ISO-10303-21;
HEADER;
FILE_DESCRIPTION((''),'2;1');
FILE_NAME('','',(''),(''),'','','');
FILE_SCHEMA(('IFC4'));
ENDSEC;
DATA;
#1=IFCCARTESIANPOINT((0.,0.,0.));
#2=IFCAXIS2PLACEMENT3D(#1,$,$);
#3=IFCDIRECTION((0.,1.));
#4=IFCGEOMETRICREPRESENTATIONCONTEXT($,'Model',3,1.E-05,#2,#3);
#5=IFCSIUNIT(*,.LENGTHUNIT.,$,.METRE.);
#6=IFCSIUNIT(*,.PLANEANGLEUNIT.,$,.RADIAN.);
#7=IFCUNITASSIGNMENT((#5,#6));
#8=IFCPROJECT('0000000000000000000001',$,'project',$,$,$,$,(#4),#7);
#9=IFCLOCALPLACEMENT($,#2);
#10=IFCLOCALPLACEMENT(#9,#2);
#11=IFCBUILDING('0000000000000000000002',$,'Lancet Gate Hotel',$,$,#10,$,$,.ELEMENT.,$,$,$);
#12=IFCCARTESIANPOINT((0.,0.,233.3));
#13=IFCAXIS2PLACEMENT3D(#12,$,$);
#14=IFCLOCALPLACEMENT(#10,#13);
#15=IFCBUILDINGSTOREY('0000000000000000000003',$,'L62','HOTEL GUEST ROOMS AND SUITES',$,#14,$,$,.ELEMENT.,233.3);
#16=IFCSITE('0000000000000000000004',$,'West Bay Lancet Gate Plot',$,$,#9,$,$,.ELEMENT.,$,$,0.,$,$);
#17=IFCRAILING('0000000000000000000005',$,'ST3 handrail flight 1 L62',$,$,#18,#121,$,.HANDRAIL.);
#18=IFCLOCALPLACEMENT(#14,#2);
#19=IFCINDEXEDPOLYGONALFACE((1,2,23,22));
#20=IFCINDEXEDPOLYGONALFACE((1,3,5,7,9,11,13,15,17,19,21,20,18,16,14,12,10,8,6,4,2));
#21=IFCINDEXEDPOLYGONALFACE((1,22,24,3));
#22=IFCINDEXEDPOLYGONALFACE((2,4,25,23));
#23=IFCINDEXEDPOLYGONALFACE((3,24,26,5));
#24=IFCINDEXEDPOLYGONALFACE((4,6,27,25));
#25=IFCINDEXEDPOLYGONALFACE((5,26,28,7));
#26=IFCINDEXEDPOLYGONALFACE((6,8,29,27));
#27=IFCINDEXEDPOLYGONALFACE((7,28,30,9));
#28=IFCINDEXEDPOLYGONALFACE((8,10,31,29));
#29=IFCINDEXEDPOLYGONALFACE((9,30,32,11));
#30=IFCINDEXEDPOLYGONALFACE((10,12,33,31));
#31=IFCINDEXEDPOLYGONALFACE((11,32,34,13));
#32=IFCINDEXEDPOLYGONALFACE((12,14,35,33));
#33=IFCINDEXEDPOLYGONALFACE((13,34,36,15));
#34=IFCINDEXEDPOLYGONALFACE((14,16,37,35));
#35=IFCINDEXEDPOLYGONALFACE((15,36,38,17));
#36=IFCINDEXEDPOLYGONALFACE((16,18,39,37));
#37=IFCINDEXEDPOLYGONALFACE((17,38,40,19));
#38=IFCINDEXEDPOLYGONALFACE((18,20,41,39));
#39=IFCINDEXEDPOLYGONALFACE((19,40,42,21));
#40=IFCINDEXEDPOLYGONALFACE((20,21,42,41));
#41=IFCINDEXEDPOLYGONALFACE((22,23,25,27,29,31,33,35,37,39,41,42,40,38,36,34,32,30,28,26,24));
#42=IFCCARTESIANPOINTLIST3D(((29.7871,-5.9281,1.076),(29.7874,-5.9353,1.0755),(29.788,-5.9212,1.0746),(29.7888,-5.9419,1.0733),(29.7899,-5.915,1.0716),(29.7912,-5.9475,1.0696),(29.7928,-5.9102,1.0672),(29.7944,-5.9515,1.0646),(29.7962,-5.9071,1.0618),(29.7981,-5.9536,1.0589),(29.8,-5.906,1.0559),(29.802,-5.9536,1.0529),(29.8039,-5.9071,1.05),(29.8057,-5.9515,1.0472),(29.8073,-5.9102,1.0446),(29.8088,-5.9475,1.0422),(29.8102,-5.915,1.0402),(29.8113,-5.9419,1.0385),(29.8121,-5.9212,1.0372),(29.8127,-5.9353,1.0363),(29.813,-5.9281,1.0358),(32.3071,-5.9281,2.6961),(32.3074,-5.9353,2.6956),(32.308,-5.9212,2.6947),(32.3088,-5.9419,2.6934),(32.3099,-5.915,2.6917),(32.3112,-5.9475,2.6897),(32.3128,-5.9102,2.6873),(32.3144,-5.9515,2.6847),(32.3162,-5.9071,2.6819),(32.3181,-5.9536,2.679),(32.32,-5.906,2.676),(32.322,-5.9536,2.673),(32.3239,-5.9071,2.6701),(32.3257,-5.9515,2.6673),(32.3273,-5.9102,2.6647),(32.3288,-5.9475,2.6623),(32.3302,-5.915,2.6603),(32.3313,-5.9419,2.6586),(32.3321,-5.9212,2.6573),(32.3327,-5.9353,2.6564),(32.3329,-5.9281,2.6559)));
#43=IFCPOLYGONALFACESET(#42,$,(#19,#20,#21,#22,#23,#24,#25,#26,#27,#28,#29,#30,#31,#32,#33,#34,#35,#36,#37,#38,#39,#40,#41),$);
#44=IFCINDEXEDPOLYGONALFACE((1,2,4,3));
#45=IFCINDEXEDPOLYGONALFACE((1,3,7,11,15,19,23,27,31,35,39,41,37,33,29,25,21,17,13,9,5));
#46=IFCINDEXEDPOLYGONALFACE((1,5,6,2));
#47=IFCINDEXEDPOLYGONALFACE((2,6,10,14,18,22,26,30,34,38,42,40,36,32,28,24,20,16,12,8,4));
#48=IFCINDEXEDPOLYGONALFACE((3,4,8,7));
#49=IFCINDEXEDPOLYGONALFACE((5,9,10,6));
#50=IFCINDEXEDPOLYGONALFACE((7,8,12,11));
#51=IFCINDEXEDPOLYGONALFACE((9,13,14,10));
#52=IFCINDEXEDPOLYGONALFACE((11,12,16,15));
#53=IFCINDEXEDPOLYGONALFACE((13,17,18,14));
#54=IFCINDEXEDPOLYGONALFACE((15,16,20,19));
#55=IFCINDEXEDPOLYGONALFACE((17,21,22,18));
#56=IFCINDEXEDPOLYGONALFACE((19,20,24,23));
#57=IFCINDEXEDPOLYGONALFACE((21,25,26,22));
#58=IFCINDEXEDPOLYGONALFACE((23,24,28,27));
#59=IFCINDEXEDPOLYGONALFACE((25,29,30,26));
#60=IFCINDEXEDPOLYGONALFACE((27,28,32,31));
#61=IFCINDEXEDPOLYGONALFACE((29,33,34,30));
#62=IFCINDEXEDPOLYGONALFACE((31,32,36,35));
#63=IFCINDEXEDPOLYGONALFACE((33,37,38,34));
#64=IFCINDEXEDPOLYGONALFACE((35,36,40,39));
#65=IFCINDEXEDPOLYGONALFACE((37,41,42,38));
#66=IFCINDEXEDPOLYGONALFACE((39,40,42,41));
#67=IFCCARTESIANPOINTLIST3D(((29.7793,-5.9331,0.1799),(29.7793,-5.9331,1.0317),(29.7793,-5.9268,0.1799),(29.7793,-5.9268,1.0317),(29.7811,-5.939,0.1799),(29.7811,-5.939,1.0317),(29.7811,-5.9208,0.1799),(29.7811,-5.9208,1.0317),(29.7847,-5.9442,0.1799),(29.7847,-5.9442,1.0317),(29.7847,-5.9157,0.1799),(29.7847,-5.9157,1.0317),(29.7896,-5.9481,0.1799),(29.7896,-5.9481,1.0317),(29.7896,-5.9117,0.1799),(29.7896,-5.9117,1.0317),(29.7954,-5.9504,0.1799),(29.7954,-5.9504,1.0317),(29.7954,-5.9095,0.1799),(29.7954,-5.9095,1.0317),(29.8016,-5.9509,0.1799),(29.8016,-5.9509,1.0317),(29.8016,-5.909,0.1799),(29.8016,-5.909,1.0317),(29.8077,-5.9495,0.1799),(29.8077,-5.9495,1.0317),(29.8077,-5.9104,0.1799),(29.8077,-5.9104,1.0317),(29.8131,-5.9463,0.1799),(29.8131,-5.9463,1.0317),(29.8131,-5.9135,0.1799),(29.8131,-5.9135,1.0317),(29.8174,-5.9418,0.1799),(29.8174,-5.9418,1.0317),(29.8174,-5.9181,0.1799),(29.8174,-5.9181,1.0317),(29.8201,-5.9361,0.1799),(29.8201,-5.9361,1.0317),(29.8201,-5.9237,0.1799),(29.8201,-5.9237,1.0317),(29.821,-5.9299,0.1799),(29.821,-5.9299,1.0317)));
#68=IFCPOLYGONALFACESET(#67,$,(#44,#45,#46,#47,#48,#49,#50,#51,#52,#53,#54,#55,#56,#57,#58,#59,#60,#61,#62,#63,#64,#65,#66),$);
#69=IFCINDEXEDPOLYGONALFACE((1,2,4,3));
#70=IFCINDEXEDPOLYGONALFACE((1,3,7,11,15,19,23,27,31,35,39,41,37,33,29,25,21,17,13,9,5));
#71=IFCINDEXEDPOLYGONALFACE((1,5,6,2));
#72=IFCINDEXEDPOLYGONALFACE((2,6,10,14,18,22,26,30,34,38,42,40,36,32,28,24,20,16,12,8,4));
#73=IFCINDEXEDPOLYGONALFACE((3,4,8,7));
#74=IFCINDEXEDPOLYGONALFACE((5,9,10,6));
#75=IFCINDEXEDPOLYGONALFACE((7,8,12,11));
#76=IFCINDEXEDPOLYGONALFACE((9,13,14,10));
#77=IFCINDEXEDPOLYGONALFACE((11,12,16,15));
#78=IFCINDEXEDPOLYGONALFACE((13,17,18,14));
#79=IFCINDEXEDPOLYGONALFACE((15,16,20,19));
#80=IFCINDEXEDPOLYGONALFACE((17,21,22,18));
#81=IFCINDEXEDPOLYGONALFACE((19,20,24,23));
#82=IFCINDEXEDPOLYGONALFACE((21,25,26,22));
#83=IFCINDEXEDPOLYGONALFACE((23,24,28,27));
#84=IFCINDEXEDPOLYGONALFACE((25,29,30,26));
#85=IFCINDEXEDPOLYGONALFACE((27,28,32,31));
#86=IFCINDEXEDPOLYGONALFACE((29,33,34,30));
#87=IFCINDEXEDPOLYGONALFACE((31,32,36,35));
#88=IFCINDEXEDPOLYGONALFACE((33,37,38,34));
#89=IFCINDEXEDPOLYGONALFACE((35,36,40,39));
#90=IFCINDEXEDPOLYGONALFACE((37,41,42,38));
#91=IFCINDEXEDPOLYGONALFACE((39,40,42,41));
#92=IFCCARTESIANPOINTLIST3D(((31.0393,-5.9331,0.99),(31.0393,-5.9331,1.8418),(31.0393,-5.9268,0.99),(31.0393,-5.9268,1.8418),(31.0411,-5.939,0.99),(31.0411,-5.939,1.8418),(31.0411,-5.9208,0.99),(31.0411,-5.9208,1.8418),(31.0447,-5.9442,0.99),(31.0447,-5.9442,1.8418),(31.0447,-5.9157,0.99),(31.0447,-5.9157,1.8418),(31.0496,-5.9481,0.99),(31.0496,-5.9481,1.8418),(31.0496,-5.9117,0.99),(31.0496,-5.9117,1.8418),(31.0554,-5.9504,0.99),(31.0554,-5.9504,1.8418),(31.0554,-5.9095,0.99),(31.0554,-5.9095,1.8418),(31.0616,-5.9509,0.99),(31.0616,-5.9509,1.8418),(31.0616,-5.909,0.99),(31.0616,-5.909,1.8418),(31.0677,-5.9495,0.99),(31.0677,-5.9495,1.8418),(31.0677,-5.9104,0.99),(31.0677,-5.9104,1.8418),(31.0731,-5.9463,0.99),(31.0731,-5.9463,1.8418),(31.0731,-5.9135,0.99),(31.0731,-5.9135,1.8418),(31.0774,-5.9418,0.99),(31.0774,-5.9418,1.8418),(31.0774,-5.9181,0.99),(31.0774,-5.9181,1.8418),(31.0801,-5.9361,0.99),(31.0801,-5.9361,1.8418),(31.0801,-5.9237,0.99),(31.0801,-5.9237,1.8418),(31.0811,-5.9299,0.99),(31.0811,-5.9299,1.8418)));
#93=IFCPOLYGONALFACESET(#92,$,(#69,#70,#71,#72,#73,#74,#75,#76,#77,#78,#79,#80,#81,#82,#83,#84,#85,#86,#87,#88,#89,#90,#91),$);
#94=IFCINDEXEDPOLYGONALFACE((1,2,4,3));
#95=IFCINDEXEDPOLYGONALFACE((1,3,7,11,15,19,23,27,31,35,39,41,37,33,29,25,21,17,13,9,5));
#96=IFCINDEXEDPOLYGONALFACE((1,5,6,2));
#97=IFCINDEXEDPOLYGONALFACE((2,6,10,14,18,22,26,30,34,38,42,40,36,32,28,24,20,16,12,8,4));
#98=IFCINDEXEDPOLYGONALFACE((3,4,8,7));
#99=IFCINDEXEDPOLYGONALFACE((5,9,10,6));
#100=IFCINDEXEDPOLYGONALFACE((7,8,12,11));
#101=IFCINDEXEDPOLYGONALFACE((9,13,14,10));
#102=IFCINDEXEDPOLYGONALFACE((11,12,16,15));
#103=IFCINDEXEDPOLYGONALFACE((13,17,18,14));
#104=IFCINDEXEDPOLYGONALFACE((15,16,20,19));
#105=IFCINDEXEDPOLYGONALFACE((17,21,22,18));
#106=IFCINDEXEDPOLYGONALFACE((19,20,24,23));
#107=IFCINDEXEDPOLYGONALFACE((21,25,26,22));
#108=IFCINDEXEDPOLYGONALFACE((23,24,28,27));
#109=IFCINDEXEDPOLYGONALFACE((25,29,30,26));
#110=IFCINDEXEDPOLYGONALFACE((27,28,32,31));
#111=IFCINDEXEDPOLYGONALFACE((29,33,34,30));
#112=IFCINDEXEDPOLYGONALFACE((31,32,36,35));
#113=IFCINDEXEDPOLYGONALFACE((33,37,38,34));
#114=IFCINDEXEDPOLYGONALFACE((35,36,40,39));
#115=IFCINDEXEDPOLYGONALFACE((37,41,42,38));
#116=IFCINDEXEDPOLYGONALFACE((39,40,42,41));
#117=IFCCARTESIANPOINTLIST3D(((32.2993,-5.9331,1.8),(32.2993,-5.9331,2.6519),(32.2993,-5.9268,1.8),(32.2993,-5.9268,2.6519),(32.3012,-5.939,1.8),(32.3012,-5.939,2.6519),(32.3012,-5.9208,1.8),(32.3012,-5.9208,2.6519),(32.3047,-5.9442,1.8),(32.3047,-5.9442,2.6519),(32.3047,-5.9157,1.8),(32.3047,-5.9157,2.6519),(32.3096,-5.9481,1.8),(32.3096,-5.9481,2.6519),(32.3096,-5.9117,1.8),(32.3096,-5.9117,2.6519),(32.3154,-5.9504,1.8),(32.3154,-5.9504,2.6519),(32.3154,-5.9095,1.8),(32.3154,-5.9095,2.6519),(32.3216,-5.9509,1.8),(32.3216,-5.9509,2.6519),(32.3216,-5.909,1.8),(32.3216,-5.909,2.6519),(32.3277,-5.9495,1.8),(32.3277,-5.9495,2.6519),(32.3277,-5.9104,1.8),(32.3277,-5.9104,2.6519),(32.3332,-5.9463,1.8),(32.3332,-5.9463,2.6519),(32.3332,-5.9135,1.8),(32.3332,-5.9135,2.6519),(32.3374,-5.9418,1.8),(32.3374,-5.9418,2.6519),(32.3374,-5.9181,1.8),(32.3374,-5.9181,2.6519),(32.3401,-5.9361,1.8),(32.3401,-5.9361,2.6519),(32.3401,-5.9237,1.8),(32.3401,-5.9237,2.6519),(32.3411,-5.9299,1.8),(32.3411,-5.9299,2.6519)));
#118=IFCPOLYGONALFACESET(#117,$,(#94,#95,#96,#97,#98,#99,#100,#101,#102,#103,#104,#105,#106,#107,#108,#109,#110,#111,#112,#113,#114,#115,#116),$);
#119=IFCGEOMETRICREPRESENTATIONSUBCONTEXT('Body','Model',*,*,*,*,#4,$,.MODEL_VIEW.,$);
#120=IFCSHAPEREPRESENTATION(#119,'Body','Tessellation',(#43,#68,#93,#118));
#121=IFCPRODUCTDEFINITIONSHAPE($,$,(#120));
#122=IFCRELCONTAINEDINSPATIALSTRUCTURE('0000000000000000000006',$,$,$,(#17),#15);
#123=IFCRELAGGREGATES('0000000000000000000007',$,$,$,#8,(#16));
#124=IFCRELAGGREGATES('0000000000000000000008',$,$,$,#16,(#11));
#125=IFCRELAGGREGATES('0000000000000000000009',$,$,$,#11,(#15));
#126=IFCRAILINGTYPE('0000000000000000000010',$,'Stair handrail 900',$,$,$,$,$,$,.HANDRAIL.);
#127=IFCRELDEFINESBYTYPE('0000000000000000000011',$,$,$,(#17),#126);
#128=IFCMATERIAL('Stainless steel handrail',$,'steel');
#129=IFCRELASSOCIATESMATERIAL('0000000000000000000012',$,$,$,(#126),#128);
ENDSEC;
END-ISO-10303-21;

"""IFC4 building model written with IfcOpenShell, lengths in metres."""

from ifc_helpers import new_model, si_unit, direction, frame, origin, origin_2d, place, context, subcontext, project, spatial, circle, extrude, material, type_object, element, save


model = new_model("IFC4")

# Units and contexts
model_context = context("Model", 3, precision=1e-05, world=origin(), true_north=direction((0.0, 1.0)))
body_context = subcontext(model_context, "Body", "Model", "MODEL_VIEW")
ifc_project = project(units=[si_unit("LENGTHUNIT", "METRE"), si_unit("PLANEANGLEUNIT", "RADIAN")], contexts=[model_context])

# Site, building, storey
site_placement = place(None, origin())
site = spatial("IfcSite", under=ifc_project, at=site_placement, Name="West Bay Lancet Gate Plot", CompositionType="ELEMENT", RefElevation=0.0)
building_placement = place(site_placement, origin())
building = spatial("IfcBuilding", under=site, at=building_placement, Name="Lancet Gate Hotel", CompositionType="ELEMENT")
storey_placement = place(building_placement, frame((0.0, 0.0, 233.3)))
storey = spatial("IfcBuildingStorey", under=building, at=storey_placement, Name="L62", Description="HOTEL GUEST ROOMS AND SUITES", CompositionType="ELEMENT", Elevation=233.3)

# Railing
ifc_material_1 = material(Name="Stainless steel handrail", Category="steel")
railing_type = type_object("IfcRailingType", Name="Stair handrail 900", PredefinedType="HANDRAIL", material=ifc_material_1)
railing_1_placement = place(storey_placement, frame((29.8, -5.9299, 0.1799)))
element("IfcRailing", 1, at=railing_1_placement, inside=storey, type_object=railing_type, Name="ST3 handrail flight 1 L62", PredefinedType="HANDRAIL", context=body_context, shape_type="SweptSolid", body=[
    extrude(circle(Radius=0.0239, at=origin_2d()), frame((0.0, 0.0, 0.876), z_axis=(0.841163, 0.0, 0.540782), x_axis=(0.0, 1.0, 0.0)), (0.0, 0.0, 1.0), 2.9958),
    extrude(circle(Radius=0.021, at=origin_2d()), origin(), (0.0, 0.0, 1.0), 0.8518),
    extrude(circle(Radius=0.021, at=origin_2d()), frame((1.26, 0.0, 0.8101)), (0.0, 0.0, 1.0), 0.8518),
    extrude(circle(Radius=0.021, at=origin_2d()), frame((2.52, 0.0, 1.6201)), (0.0, 0.0, 1.0), 0.8518),
])

save(model, "model.ifc")
